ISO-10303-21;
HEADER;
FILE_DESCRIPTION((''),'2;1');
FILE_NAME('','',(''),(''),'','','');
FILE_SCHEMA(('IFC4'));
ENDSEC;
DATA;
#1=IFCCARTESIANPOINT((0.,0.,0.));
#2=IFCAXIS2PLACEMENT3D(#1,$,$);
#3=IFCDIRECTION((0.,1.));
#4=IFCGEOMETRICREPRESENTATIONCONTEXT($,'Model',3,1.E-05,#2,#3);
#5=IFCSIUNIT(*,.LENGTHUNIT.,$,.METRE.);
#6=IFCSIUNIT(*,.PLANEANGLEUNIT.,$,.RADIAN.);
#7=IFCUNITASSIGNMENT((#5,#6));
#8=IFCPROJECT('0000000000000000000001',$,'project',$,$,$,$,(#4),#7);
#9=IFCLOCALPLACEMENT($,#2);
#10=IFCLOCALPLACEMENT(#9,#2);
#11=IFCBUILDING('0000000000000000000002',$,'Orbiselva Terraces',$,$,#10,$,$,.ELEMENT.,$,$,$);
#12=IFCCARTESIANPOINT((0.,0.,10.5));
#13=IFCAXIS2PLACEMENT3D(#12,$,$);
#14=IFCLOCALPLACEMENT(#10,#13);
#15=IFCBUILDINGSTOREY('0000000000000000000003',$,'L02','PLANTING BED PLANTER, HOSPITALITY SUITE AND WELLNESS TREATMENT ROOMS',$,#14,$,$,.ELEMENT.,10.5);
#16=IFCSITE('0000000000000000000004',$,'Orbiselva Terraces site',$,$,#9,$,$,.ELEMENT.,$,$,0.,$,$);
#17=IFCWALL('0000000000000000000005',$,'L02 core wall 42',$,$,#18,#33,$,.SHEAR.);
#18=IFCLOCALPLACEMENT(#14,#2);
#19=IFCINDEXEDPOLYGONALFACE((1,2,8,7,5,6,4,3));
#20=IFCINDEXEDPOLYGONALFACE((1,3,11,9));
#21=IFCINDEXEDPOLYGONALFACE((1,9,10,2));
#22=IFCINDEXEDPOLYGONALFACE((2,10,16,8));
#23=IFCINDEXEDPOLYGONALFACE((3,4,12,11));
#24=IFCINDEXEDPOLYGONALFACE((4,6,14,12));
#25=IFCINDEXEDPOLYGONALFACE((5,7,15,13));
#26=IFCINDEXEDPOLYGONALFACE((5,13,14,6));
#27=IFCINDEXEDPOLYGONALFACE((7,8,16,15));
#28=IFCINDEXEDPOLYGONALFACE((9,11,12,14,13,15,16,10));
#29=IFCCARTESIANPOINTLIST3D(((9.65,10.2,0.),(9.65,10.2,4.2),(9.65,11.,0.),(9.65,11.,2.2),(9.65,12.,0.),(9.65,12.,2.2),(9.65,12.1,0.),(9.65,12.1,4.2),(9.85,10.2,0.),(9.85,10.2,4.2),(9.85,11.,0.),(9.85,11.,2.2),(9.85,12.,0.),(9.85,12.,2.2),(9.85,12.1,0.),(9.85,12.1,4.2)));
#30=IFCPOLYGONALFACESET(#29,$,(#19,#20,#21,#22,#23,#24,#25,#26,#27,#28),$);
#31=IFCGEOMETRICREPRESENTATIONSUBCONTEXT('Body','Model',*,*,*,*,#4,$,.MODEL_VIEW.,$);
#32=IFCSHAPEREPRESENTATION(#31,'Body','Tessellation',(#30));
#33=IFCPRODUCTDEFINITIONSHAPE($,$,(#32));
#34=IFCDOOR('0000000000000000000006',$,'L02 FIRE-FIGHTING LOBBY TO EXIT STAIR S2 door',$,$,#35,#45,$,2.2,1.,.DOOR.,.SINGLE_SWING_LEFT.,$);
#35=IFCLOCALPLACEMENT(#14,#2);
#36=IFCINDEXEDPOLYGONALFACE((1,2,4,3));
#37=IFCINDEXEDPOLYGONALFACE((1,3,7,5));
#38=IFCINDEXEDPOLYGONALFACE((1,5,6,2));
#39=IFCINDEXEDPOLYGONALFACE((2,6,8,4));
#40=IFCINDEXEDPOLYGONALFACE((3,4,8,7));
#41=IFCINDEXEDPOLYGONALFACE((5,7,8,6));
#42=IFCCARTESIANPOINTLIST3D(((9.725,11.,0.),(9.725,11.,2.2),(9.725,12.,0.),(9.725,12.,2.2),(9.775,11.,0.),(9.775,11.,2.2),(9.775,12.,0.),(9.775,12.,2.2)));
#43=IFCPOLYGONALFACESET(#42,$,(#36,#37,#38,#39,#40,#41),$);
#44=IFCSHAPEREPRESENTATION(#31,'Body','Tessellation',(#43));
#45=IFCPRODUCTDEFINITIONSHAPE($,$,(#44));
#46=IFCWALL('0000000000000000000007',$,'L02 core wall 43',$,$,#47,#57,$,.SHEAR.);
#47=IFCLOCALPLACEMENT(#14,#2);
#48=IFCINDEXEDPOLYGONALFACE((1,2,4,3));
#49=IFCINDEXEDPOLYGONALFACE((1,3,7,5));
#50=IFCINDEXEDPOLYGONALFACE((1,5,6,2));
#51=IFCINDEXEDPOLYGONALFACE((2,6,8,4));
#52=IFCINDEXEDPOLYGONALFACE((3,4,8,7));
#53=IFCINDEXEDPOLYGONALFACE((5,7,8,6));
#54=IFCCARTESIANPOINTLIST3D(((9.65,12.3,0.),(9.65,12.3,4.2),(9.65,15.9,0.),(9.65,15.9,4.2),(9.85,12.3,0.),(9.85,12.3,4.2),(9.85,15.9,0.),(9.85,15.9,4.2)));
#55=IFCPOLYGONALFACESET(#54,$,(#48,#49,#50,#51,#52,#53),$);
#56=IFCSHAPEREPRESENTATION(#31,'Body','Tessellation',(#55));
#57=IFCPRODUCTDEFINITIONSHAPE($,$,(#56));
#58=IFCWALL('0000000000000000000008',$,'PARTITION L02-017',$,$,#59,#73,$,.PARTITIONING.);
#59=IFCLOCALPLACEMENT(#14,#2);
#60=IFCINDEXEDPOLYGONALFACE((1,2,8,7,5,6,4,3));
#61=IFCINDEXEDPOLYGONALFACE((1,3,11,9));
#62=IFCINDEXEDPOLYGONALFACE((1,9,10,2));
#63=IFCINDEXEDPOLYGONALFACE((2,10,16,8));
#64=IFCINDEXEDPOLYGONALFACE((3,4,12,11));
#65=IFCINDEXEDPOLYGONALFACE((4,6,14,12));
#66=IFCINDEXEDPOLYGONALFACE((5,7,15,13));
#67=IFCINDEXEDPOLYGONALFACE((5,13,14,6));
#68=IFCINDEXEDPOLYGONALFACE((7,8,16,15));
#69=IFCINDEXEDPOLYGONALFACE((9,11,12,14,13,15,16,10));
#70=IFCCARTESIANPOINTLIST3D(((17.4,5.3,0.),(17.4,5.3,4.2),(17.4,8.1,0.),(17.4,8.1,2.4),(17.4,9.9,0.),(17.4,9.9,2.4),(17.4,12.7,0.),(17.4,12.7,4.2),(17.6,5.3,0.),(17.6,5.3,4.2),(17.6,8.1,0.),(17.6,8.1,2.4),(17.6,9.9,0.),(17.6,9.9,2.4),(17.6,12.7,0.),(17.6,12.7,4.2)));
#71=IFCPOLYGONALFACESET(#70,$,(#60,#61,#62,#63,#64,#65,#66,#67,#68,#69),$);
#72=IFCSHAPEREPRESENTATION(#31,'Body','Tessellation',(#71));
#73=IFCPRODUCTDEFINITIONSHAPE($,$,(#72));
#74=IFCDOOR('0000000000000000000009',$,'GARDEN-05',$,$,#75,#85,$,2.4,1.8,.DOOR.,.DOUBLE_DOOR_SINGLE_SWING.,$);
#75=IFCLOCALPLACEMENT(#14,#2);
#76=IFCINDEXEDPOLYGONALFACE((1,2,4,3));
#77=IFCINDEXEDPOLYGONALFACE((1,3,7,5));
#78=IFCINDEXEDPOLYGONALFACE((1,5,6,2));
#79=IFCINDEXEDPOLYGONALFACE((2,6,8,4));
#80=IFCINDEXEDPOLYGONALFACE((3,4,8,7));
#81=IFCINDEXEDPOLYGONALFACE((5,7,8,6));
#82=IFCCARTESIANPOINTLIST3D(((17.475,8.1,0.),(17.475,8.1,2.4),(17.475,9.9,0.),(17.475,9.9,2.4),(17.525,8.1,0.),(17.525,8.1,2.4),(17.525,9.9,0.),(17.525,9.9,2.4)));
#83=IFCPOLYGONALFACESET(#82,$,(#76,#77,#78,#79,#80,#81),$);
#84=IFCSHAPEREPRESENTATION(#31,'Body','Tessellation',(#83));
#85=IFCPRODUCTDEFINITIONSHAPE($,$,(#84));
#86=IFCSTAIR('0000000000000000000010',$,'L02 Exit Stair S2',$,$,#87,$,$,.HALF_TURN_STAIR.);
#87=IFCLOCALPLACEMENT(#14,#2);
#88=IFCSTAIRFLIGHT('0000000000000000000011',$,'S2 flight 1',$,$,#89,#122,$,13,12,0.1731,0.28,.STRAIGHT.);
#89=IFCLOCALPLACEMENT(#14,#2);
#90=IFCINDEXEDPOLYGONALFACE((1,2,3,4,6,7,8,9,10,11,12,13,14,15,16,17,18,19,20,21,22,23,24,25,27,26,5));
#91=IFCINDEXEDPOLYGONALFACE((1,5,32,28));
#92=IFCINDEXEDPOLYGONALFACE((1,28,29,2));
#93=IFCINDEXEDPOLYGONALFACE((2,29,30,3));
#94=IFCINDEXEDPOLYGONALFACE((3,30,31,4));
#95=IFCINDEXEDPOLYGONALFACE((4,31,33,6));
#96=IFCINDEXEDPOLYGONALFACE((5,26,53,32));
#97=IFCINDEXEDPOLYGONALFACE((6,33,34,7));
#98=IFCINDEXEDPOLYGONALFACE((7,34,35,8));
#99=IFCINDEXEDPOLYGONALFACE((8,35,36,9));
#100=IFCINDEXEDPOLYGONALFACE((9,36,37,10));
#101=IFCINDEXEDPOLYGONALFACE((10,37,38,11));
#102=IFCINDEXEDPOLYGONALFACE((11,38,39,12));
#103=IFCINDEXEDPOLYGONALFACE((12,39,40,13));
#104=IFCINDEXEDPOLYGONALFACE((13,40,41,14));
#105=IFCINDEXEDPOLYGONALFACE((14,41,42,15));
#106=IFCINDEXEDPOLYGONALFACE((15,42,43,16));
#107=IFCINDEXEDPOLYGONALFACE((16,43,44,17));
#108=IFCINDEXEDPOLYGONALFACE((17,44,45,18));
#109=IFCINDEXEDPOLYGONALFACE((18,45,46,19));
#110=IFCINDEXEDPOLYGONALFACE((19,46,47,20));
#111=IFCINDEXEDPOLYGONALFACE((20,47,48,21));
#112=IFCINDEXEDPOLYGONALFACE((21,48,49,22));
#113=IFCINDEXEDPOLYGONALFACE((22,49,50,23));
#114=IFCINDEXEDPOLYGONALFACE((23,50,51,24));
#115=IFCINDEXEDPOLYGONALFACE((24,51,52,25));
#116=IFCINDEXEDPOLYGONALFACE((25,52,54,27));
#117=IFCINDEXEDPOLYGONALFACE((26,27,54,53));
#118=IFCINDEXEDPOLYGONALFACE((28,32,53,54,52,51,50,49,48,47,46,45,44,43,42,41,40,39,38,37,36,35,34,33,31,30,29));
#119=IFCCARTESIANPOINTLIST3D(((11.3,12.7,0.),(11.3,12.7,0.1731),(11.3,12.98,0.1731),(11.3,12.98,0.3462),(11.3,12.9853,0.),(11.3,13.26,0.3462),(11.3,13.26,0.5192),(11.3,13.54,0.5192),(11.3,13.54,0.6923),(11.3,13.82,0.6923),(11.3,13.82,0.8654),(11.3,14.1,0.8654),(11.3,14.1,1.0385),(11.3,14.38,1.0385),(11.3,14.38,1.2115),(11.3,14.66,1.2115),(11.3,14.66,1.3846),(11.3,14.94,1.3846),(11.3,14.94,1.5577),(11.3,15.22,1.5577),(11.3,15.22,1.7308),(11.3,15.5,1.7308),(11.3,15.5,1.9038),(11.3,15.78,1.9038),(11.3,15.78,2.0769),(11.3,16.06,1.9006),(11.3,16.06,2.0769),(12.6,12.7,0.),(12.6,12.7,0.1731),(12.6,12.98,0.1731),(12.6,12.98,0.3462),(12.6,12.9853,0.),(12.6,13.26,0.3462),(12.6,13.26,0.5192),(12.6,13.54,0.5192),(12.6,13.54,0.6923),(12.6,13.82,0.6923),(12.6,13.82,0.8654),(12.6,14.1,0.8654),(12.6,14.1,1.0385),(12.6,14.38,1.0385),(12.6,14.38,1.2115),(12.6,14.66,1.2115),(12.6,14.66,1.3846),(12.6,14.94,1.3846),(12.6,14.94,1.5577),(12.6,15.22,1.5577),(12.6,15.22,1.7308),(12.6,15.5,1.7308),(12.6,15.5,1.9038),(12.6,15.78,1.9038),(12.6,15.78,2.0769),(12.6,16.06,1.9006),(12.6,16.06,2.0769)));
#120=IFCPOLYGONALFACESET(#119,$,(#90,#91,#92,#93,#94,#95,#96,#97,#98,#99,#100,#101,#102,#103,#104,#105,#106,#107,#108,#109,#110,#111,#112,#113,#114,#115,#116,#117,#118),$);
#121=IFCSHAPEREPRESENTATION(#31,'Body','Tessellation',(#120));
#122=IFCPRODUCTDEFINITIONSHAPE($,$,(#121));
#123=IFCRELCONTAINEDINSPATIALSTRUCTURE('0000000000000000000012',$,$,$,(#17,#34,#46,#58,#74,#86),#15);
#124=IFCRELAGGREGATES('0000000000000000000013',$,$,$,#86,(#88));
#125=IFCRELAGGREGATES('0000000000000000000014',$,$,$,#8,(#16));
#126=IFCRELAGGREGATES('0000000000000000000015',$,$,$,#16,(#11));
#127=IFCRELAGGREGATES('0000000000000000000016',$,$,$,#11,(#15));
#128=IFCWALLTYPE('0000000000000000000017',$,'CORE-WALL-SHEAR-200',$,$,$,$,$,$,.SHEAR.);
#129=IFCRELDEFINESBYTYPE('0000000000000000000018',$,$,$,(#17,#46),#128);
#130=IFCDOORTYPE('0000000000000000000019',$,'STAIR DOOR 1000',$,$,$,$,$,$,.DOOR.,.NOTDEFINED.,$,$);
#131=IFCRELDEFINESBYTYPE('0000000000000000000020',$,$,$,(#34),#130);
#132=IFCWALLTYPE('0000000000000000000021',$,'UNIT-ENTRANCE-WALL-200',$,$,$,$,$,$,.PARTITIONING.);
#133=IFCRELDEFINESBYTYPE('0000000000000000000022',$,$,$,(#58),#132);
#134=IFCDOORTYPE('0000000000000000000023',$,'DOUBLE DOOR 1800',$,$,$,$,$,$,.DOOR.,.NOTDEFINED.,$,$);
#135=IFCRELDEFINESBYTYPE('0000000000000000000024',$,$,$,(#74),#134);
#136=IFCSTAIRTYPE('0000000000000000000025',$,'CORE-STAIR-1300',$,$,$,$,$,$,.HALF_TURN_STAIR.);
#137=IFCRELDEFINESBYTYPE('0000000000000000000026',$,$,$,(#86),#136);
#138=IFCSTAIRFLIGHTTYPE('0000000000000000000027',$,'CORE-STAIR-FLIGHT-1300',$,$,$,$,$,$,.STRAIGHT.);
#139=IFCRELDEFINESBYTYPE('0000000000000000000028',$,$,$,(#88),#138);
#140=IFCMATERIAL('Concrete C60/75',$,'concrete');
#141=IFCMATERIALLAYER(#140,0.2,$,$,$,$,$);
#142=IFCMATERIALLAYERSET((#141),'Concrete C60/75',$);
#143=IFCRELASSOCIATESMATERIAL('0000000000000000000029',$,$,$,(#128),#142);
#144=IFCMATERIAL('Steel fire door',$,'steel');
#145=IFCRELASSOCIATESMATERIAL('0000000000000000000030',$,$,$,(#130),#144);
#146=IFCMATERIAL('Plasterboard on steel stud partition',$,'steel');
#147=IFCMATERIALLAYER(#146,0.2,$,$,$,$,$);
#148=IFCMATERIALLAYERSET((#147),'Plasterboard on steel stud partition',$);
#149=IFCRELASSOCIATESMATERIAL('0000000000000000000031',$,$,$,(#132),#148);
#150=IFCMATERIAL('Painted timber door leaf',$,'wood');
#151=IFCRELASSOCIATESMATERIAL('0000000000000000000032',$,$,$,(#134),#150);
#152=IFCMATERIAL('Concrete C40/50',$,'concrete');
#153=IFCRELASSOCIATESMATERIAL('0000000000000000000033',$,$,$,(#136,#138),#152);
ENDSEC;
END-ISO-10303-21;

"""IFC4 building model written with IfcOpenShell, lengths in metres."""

from ifc_helpers import new_model, si_unit, direction, frame, frame_2d, origin, place, context, subcontext, project, spatial, polyline, rectangle, outline, extrude, material, layer, layer_set, type_object, element, fill, aggregate, save


model = new_model("IFC4")

# Units and contexts
model_context = context("Model", 3, precision=1e-05, world=origin(), true_north=direction((0.0, 1.0)))
body_context = subcontext(model_context, "Body", "Model", "MODEL_VIEW")
ifc_project = project(units=[si_unit("LENGTHUNIT", "METRE"), si_unit("PLANEANGLEUNIT", "RADIAN")], contexts=[model_context])

# Site, building, storey
site_placement = place(None, origin())
site = spatial("IfcSite", under=ifc_project, at=site_placement, Name="Orbiselva Terraces site", CompositionType="ELEMENT", RefElevation=0.0)
building_placement = place(site_placement, origin())
building = spatial("IfcBuilding", under=site, at=building_placement, Name="Orbiselva Terraces", CompositionType="ELEMENT")
storey_placement = place(building_placement, frame((0.0, 0.0, 10.5)))
storey = spatial("IfcBuildingStorey", under=building, at=storey_placement, Name="L02", Description="PLANTING BED PLANTER, HOSPITALITY SUITE AND WELLNESS TREATMENT ROOMS", CompositionType="ELEMENT", Elevation=10.5)

# Shared definitions
ifc_material_1 = material(Name="Steel fire door", Category="steel")

# Shared definitions
ifc_material_2 = material(Name="Concrete C60/75", Category="concrete")
ifc_layer_1 = layer(ifc_material_2, 0.2)
ifc_layer_set_1 = layer_set([ifc_layer_1], Name="Concrete C60/75")
wall_type_1 = type_object("IfcWallType", Name="CORE-WALL-SHEAR-200", PredefinedType="SHEAR", material=ifc_layer_set_1)

# Wall, opening, door
wall_1_placement = place(storey_placement, frame((9.75, 12.1, 0.0), z_axis=(0.0, 0.0, 1.0), x_axis=(0.0, -1.0, 0.0)))
wall_1 = element("IfcWall", 1, at=wall_1_placement, inside=storey, type_object=wall_type_1, Name="L02 core wall 42", PredefinedType="SHEAR", context=body_context, shape_type="SweptSolid", body=[
    extrude(rectangle(XDim=1.9, YDim=0.2, at=frame_2d((0.95, 0.0))), origin(), (0.0, 0.0, 1.0), 4.2),
])
opening_1_placement = place(wall_1_placement, frame((0.1, 0.0, 0.0)))
opening_1 = element("IfcOpeningElement", 2, at=opening_1_placement, cuts=wall_1, PredefinedType="OPENING", context=body_context, shape_type="SweptSolid", body=[
    extrude(rectangle(XDim=1.0, YDim=2.2, at=frame_2d((0.5, 1.1))), frame((0.0, 0.11, 0.0), z_axis=(0.0, -1.0, 0.0), x_axis=(1.0, 0.0, 0.0)), (0.0, 0.0, 1.0), 0.22),
])
door_type_1 = type_object("IfcDoorType", Name="STAIR DOOR 1000", OperationType="NOTDEFINED", PredefinedType="DOOR", material=ifc_material_1)
door_1_placement = place(opening_1_placement, origin())
door_1 = element("IfcDoor", 3, at=door_1_placement, inside=storey, type_object=door_type_1, Name="L02 FIRE-FIGHTING LOBBY TO EXIT STAIR S2 door", OperationType="SINGLE_SWING_LEFT", OverallHeight=2.2, OverallWidth=1.0, PredefinedType="DOOR", context=body_context, shape_type="SweptSolid", body=[
    extrude(rectangle(XDim=1.0, YDim=2.2, at=frame_2d((0.5, 1.1))), frame((0.0, 0.025, 0.0), z_axis=(0.0, -1.0, 0.0), x_axis=(1.0, 0.0, 0.0)), (0.0, 0.0, 1.0), 0.05),
])
fill(opening_1, door_1)

# Wall
wall_2_placement = place(storey_placement, frame((9.75, 12.3, 0.0), z_axis=(0.0, 0.0, 1.0), x_axis=(0.0, 1.0, 0.0)))
element("IfcWall", 4, at=wall_2_placement, inside=storey, type_object=wall_type_1, Name="L02 core wall 43", PredefinedType="SHEAR", context=body_context, shape_type="SweptSolid", body=[
    extrude(rectangle(XDim=3.6, YDim=0.2, at=frame_2d((1.8, 0.0))), origin(), (0.0, 0.0, 1.0), 4.2),
])

# Wall, opening, door
ifc_material_3 = material(Name="Plasterboard on steel stud partition", Category="steel")
ifc_layer_2 = layer(ifc_material_3, 0.2)
ifc_layer_set_2 = layer_set([ifc_layer_2], Name="Plasterboard on steel stud partition")
wall_type_2 = type_object("IfcWallType", Name="UNIT-ENTRANCE-WALL-200", PredefinedType="PARTITIONING", material=ifc_layer_set_2)
wall_3_placement = place(storey_placement, frame((17.5, 5.3, 0.0), z_axis=(0.0, 0.0, 1.0), x_axis=(0.0, 1.0, 0.0)))
wall_3 = element("IfcWall", 5, at=wall_3_placement, inside=storey, type_object=wall_type_2, Name="PARTITION L02-017", PredefinedType="PARTITIONING", context=body_context, shape_type="SweptSolid", body=[
    extrude(rectangle(XDim=7.4, YDim=0.2, at=frame_2d((3.7, 0.0))), origin(), (0.0, 0.0, 1.0), 4.2),
])
opening_2_placement = place(wall_3_placement, frame((2.8, 0.0, 0.0)))
opening_2 = element("IfcOpeningElement", 6, at=opening_2_placement, cuts=wall_3, PredefinedType="OPENING", context=body_context, shape_type="SweptSolid", body=[
    extrude(rectangle(XDim=1.8, YDim=2.4, at=frame_2d((0.9, 1.2))), frame((0.0, 0.11, 0.0), z_axis=(0.0, -1.0, 0.0), x_axis=(1.0, 0.0, 0.0)), (0.0, 0.0, 1.0), 0.22),
])
ifc_material_4 = material(Name="Painted timber door leaf", Category="wood")
door_type_2 = type_object("IfcDoorType", Name="DOUBLE DOOR 1800", OperationType="NOTDEFINED", PredefinedType="DOOR", material=ifc_material_4)
door_2_placement = place(opening_2_placement, origin())
door_2 = element("IfcDoor", 7, at=door_2_placement, inside=storey, type_object=door_type_2, Name="GARDEN-05", OperationType="DOUBLE_DOOR_SINGLE_SWING", OverallHeight=2.4, OverallWidth=1.8, PredefinedType="DOOR", context=body_context, shape_type="SweptSolid", body=[
    extrude(rectangle(XDim=1.8, YDim=2.4, at=frame_2d((0.9, 1.2))), frame((0.0, 0.025, 0.0), z_axis=(0.0, -1.0, 0.0), x_axis=(1.0, 0.0, 0.0)), (0.0, 0.0, 1.0), 0.05),
])
fill(opening_2, door_2)

# Stair, stair flight
ifc_material_5 = material(Name="Concrete C40/50", Category="concrete")
stair_type = type_object("IfcStairType", Name="CORE-STAIR-1300", PredefinedType="HALF_TURN_STAIR", material=ifc_material_5)
stair_placement = place(storey_placement, origin())
stair = element("IfcStair", 8, at=stair_placement, inside=storey, type_object=stair_type, Name="L02 Exit Stair S2", PredefinedType="HALF_TURN_STAIR")
stair_flight_type = type_object("IfcStairFlightType", Name="CORE-STAIR-FLIGHT-1300", PredefinedType="STRAIGHT", material=ifc_material_5)
stair_flight_placement = place(storey_placement, frame((11.95, 12.7, 0.0), z_axis=(0.0, 0.0, 1.0), x_axis=(0.0, 1.0, 0.0)))
stair_flight = element("IfcStairFlight", 9, at=stair_flight_placement, type_object=stair_flight_type, Name="S2 flight 1", NumberOfRisers=13, NumberOfTreads=12, PredefinedType="STRAIGHT", RiserHeight=0.1731, TreadLength=0.28, context=body_context, shape_type="SweptSolid", body=[
    extrude(outline(polyline([(0.0, 0.0), (0.0, 0.1731), (0.28, 0.1731), (0.28, 0.3462), (0.56, 0.3462), (0.56, 0.5192), (0.84, 0.5192), (0.84, 0.6923), (1.12, 0.6923), (1.12, 0.8654), (1.4, 0.8654), (1.4, 1.0385), (1.68, 1.0385), (1.68, 1.2115), (1.96, 1.2115), (1.96, 1.3846), (2.24, 1.3846), (2.24, 1.5577), (2.52, 1.5577), (2.52, 1.7308), (2.8, 1.7308), (2.8, 1.9038), (3.08, 1.9038), (3.08, 2.0769), (3.36, 2.0769), (3.36, 2.25), (3.36, 1.9006), (0.2853, 0.0), (0.0, 0.0)])), frame((0.0, 0.65, 0.0), z_axis=(0.0, -1.0, 0.0), x_axis=(1.0, 0.0, 0.0)), (0.0, 0.0, 1.0), 1.3),
])
aggregate(stair, [stair_flight])

save(model, "model.ifc")
